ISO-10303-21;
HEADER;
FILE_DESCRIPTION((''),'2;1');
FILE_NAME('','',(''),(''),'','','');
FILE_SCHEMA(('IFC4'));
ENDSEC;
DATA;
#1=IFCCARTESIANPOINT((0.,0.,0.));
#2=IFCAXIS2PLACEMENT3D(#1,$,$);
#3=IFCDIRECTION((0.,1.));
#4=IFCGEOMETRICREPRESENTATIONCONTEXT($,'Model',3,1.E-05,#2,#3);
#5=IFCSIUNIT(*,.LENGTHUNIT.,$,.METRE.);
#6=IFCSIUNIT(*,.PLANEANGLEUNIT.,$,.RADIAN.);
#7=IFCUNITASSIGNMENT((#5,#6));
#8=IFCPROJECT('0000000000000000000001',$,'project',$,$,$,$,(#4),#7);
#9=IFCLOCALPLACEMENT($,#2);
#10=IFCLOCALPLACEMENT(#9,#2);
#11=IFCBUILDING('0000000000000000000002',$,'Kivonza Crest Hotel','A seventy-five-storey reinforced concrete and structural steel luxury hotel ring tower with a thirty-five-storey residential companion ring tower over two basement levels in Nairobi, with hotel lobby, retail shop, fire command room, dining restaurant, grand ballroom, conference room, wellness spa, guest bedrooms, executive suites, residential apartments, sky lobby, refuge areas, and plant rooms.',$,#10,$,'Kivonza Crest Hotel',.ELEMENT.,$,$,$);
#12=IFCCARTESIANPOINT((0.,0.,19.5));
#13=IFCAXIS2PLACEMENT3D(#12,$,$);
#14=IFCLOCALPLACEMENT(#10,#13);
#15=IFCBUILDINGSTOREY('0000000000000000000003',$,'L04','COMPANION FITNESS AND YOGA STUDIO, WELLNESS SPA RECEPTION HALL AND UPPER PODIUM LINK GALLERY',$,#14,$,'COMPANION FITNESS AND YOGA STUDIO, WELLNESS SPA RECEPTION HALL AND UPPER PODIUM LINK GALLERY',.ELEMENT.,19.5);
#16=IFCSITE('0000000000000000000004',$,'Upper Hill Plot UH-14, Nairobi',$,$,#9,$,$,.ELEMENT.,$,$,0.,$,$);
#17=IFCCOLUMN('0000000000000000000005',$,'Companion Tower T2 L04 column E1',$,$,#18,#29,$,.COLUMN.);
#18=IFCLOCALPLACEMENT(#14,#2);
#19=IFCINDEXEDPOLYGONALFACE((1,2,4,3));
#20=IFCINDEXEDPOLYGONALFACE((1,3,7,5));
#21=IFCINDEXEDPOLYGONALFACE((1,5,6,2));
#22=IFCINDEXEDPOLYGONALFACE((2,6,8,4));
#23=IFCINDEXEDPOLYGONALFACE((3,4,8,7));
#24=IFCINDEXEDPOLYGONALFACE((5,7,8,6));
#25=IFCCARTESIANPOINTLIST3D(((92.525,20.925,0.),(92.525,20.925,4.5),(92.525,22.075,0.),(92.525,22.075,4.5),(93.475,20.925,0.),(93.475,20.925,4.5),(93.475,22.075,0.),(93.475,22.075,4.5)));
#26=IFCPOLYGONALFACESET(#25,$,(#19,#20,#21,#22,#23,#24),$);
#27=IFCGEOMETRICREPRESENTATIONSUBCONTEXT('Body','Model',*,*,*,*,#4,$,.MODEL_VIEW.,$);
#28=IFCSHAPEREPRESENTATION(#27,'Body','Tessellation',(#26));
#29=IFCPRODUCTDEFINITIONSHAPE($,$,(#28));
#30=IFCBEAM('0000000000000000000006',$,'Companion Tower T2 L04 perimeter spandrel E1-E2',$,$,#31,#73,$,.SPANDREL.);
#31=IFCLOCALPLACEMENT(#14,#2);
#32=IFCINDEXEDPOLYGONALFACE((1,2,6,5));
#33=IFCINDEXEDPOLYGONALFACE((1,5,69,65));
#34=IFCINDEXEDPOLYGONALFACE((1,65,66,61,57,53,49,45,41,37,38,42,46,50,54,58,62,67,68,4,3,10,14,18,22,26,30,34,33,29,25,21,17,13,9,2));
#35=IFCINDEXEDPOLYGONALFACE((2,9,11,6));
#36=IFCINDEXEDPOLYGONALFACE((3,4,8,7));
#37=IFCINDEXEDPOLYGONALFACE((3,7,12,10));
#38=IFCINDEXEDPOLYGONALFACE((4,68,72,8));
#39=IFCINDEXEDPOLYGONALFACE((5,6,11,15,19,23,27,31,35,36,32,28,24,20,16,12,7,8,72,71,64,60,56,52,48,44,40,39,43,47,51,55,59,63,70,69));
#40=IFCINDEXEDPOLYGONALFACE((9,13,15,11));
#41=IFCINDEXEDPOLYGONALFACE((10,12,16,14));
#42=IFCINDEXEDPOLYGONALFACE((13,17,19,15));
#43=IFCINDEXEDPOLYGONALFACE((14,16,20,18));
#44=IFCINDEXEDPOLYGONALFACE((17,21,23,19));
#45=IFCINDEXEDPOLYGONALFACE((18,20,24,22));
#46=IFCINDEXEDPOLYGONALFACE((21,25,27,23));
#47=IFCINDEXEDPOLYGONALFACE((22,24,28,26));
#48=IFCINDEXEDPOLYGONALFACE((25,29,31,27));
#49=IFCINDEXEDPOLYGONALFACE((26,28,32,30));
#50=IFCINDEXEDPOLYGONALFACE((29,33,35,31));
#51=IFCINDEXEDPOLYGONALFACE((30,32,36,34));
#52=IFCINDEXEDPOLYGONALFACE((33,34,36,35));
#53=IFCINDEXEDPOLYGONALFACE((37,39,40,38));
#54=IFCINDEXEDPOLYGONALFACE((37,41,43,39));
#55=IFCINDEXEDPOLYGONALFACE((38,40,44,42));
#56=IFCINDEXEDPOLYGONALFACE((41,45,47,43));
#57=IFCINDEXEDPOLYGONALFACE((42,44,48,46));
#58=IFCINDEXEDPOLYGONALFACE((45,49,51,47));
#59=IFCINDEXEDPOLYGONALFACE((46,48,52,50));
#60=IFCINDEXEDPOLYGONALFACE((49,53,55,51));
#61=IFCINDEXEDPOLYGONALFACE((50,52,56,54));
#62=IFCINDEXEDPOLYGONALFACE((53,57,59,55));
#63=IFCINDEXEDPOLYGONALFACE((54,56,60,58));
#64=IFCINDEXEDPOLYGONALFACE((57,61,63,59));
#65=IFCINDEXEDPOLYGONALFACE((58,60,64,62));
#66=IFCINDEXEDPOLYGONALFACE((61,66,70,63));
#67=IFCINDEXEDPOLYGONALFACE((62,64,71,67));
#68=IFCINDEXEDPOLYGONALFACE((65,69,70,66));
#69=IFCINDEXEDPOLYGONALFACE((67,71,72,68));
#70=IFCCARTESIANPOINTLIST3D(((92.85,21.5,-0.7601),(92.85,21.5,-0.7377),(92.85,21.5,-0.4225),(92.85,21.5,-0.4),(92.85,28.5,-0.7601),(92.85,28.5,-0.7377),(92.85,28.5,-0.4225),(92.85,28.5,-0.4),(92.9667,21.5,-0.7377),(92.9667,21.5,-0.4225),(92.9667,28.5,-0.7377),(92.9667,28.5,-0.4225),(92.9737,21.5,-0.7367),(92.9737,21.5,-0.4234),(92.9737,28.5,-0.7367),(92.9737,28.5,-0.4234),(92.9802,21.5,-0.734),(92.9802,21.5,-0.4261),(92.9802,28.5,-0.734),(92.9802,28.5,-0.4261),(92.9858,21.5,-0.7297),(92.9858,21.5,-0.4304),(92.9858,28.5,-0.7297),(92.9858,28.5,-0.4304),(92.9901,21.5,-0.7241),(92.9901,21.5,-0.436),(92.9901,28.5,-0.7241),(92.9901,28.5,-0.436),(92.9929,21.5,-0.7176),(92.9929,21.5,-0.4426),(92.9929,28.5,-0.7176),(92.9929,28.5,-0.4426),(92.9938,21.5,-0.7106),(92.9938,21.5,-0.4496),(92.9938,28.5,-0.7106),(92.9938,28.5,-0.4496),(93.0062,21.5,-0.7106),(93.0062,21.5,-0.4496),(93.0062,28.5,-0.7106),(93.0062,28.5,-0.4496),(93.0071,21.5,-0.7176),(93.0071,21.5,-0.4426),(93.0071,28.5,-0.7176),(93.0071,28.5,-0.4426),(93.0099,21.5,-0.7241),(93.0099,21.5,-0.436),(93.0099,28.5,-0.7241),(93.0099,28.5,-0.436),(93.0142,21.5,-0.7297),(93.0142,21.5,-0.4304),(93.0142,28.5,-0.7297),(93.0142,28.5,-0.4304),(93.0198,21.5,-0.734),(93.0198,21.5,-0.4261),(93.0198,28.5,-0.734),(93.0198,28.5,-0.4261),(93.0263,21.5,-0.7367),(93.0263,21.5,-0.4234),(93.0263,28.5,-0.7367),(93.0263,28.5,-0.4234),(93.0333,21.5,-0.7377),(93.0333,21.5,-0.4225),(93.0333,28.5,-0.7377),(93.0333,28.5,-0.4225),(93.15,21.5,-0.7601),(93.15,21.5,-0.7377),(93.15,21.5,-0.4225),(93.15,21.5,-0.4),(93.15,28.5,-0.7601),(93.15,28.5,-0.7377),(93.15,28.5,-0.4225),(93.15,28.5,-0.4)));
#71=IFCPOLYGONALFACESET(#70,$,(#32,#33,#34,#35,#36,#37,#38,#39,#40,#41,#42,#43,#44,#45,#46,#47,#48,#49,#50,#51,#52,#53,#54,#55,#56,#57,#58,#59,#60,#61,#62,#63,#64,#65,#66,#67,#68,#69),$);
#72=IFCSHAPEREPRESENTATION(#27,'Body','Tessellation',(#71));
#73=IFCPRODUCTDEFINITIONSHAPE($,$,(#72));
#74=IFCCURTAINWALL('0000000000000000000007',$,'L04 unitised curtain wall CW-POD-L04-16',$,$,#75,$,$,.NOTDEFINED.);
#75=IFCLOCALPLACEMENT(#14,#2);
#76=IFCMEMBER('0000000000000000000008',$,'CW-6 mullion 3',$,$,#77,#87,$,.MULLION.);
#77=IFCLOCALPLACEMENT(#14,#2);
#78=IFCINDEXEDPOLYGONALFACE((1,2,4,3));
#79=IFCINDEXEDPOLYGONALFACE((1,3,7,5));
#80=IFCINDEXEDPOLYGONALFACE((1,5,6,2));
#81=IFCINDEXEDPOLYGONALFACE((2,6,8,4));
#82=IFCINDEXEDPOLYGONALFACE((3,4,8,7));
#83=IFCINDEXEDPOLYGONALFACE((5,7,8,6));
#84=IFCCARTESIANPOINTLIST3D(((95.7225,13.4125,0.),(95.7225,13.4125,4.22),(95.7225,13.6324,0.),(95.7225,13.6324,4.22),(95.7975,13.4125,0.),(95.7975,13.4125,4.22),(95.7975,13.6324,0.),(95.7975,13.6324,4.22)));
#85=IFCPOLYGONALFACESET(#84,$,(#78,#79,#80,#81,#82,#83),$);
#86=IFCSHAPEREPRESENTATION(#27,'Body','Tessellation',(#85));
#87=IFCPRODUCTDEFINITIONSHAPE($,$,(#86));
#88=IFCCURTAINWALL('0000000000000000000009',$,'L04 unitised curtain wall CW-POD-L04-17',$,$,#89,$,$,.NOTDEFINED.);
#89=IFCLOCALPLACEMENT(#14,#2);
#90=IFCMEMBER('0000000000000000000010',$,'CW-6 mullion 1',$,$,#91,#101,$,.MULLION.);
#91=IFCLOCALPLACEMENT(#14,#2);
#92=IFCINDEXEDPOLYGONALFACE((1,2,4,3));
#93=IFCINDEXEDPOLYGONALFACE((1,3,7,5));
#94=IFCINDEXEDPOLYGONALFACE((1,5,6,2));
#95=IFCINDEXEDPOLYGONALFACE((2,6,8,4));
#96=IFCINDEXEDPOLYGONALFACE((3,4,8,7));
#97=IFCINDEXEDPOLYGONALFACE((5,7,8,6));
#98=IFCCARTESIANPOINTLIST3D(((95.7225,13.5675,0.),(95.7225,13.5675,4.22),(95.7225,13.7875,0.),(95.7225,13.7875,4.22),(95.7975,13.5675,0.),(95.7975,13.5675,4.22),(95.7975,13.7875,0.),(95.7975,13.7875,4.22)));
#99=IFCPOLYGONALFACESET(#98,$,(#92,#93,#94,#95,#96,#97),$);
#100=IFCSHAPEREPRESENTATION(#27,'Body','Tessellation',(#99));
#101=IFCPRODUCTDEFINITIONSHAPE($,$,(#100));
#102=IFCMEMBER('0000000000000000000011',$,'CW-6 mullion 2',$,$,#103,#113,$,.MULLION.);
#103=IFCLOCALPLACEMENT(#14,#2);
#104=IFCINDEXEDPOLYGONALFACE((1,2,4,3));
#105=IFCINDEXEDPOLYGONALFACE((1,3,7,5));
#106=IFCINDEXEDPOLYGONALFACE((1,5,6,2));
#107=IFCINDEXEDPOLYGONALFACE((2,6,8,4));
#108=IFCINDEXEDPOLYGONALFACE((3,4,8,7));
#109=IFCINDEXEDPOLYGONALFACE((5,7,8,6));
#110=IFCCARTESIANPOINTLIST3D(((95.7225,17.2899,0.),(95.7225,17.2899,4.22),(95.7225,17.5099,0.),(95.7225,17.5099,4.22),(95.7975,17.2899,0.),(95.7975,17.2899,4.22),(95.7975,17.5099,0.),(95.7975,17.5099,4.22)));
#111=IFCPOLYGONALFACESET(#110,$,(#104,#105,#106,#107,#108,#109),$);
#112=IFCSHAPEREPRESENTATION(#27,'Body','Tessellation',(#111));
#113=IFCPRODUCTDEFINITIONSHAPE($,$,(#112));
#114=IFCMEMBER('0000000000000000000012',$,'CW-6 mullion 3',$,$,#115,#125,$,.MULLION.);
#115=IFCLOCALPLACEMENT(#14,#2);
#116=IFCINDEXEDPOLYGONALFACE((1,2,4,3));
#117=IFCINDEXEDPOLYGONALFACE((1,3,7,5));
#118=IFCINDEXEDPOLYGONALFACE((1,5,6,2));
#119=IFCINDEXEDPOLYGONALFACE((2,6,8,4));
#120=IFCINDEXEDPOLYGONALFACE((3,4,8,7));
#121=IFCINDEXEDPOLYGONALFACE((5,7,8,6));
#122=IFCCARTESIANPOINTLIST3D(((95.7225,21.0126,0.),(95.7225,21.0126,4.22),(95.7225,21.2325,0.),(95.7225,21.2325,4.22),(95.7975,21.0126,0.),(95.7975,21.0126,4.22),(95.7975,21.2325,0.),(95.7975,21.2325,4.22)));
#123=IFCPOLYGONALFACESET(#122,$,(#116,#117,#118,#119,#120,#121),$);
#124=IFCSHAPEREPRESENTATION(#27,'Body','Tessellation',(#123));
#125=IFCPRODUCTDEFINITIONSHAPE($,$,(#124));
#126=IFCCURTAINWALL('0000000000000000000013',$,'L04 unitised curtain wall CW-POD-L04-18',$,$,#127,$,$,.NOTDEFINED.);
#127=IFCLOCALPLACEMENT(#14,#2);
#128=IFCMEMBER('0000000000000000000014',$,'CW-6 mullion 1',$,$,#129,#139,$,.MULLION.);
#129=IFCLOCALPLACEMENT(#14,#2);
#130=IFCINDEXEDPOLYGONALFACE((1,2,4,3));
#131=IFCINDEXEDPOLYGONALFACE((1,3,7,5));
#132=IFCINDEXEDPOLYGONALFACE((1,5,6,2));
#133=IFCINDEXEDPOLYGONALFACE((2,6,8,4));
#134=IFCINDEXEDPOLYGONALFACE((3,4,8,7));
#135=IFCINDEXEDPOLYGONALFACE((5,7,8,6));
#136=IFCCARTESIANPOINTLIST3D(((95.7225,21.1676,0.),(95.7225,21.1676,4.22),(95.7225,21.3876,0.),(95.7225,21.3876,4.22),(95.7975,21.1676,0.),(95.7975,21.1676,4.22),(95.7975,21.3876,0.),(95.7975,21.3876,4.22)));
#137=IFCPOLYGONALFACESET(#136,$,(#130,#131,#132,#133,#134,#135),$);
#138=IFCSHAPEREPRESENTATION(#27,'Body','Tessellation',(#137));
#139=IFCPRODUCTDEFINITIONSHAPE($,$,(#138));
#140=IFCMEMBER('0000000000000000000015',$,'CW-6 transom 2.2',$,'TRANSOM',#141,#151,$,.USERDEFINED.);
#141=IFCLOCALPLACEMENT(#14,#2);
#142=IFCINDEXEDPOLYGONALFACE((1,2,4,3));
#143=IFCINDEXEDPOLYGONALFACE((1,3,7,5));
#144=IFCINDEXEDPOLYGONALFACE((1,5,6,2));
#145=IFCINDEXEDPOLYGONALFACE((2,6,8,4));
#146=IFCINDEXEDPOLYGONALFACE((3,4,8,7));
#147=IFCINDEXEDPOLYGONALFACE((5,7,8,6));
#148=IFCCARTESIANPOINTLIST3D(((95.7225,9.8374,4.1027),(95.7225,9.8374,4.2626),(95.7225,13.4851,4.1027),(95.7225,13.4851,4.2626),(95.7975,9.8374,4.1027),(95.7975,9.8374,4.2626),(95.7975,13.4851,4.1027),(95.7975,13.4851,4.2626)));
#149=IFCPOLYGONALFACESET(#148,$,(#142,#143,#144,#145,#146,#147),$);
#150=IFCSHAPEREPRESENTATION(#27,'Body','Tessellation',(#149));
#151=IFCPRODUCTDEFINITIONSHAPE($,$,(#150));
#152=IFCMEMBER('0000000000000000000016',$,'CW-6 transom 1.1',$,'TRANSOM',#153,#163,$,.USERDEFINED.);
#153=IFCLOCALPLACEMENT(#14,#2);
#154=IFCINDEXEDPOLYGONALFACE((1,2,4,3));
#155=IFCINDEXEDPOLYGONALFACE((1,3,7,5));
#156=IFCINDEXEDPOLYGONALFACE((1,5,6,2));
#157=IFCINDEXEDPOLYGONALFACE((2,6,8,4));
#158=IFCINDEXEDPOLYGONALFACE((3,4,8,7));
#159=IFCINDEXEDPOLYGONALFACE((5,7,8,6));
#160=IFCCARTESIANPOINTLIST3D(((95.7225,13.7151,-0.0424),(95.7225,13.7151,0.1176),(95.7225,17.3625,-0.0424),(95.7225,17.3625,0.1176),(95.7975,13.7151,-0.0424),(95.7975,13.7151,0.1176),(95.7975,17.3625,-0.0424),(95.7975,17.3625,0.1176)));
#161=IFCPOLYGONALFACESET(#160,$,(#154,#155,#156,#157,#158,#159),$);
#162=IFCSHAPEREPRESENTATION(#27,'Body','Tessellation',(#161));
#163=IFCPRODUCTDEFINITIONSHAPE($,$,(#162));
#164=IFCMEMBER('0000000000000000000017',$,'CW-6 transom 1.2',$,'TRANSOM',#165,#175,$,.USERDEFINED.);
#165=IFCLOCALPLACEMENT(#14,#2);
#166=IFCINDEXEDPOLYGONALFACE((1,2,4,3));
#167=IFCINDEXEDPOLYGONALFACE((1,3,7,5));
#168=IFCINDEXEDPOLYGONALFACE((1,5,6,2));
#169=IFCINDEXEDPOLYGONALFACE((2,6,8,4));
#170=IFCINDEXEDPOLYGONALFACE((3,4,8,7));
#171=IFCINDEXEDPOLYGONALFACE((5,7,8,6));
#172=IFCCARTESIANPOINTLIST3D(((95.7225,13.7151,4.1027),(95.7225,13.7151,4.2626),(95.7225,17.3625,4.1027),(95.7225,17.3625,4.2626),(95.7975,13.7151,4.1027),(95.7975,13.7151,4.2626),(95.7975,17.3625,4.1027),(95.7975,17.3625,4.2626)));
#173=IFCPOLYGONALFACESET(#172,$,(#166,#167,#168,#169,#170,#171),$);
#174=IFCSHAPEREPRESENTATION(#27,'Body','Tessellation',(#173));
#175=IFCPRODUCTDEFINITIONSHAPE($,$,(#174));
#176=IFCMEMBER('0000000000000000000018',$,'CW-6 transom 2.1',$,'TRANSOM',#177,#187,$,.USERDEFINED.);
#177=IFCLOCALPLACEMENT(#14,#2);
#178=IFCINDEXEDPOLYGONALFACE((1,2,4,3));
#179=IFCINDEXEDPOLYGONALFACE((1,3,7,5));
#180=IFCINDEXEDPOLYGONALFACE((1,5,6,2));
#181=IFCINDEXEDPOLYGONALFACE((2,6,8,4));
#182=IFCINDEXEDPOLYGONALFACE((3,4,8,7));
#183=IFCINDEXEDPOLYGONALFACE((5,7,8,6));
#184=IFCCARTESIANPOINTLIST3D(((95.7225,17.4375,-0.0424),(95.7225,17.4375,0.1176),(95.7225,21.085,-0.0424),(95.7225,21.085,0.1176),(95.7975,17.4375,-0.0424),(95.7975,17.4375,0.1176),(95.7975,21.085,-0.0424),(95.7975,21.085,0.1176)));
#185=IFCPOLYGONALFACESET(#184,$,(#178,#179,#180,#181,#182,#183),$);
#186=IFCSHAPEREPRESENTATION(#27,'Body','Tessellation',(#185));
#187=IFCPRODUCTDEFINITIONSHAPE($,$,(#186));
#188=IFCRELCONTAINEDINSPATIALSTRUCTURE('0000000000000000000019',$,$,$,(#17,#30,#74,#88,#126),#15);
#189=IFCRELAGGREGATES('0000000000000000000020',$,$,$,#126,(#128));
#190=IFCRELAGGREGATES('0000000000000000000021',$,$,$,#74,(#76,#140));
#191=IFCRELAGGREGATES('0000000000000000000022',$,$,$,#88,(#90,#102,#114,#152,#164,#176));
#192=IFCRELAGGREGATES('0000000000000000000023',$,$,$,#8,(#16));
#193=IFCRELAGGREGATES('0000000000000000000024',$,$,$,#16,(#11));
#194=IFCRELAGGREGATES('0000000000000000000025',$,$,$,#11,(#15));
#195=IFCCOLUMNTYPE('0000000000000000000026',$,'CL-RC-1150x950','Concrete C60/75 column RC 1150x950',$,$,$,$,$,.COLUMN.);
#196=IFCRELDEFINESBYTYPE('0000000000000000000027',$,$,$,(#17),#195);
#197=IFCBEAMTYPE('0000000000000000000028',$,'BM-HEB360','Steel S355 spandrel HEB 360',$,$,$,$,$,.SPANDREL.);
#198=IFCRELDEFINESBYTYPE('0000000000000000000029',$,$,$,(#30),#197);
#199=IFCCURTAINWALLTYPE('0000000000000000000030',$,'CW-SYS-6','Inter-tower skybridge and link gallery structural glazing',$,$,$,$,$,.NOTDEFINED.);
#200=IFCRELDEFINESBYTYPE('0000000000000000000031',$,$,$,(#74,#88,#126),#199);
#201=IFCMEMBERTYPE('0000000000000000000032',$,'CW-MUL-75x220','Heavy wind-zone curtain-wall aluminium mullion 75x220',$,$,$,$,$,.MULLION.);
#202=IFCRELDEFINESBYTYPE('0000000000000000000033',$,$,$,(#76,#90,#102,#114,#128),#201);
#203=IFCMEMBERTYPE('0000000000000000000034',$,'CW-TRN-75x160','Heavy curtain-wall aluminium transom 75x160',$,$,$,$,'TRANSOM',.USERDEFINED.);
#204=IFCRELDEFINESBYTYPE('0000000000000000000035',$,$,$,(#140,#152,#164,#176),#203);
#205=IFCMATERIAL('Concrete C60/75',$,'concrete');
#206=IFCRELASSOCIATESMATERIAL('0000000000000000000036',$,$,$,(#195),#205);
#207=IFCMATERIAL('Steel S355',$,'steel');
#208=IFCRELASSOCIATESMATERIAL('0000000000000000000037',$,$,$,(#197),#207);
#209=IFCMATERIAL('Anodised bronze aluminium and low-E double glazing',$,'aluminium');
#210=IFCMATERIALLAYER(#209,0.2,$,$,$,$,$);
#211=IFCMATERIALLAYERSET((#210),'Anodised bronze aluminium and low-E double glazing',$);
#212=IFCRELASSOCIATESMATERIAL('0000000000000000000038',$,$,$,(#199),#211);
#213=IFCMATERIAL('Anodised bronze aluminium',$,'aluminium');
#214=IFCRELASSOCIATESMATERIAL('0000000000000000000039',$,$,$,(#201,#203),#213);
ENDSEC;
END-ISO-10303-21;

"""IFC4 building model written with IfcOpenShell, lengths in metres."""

from ifc_helpers import new_model, si_unit, direction, frame, origin, origin_2d, place, context, subcontext, project, spatial, rectangle, i_section, extrude, material, layer, layer_set, material_profile, profile_set, type_object, element, aggregate, save


model = new_model("IFC4")

# Units and contexts
model_context = context("Model", 3, precision=1e-05, world=origin(), true_north=direction((0.0, 1.0)))
body_context = subcontext(model_context, "Body", "Model", "MODEL_VIEW")
ifc_project = project(units=[si_unit("LENGTHUNIT", "METRE"), si_unit("PLANEANGLEUNIT", "RADIAN")], contexts=[model_context])

# Site, building, storey
site_placement = place(None, origin())
site = spatial("IfcSite", under=ifc_project, at=site_placement, Name="Upper Hill Plot UH-14, Nairobi", CompositionType="ELEMENT", RefElevation=0.0)
building_placement = place(site_placement, origin())
building = spatial("IfcBuilding", under=site, at=building_placement, Name="Kivonza Crest Hotel", Description="A seventy-five-storey reinforced concrete and structural steel luxury hotel ring tower with a thirty-five-storey residential companion ring tower over two basement levels in Nairobi, with hotel lobby, retail shop, fire command room, dining restaurant, grand ballroom, conference room, wellness spa, guest bedrooms, executive suites, residential apartments, sky lobby, refuge areas, and plant rooms.", LongName="Kivonza Crest Hotel", CompositionType="ELEMENT")
storey_placement = place(building_placement, frame((0.0, 0.0, 19.5)))
storey = spatial("IfcBuildingStorey", under=building, at=storey_placement, Name="L04", Description="COMPANION FITNESS AND YOGA STUDIO, WELLNESS SPA RECEPTION HALL AND UPPER PODIUM LINK GALLERY", LongName="COMPANION FITNESS AND YOGA STUDIO, WELLNESS SPA RECEPTION HALL AND UPPER PODIUM LINK GALLERY", CompositionType="ELEMENT", Elevation=19.5)

# Column
ifc_material_1 = material(Name="Concrete C60/75", Category="concrete")
ifc_material_profile_1 = material_profile(ifc_material_1, rectangle(XDim=0.95, YDim=1.1499, at=origin_2d()), Name="RC 1150x950")
ifc_profile_set_1 = profile_set([ifc_material_profile_1], Name="Concrete C60/75")
column_type = type_object("IfcColumnType", Name="CL-RC-1150x950", Description="Concrete C60/75 column RC 1150x950", PredefinedType="COLUMN", material=ifc_profile_set_1)
column_placement = place(storey_placement, frame((93.0, 21.5, 0.0), z_axis=(0.0, 0.0, 1.0), x_axis=(1.0, 0.0, 0.0)))
element("IfcColumn", 1, at=column_placement, inside=storey, type_object=column_type, Name="Companion Tower T2 L04 column E1", PredefinedType="COLUMN", context=body_context, shape_type="SweptSolid", body=[
    extrude(rectangle(XDim=0.95, YDim=1.1499, at=origin_2d()), origin(), (0.0, 0.0, 1.0), 4.5),
])

# Beam
ifc_material_2 = material(Name="Steel S355", Category="steel")
ifc_material_profile_2 = material_profile(ifc_material_2, i_section(OverallWidth=0.3, OverallDepth=0.3601, WebThickness=0.0125, FlangeThickness=0.0225, FilletRadius=0.0271, at=origin_2d()), Name="HEB 360")
ifc_profile_set_2 = profile_set([ifc_material_profile_2], Name="Steel S355")
beam_type = type_object("IfcBeamType", Name="BM-HEB360", Description="Steel S355 spandrel HEB 360", PredefinedType="SPANDREL", material=ifc_profile_set_2)
beam_placement = place(storey_placement, frame((93.0, 21.5, -0.5801), z_axis=(0.0, 1.0, 0.0), x_axis=(-1.0, 0.0, 0.0)))
element("IfcBeam", 2, at=beam_placement, inside=storey, type_object=beam_type, Name="Companion Tower T2 L04 perimeter spandrel E1-E2", PredefinedType="SPANDREL", context=body_context, shape_type="SweptSolid", body=[
    extrude(i_section(OverallWidth=0.3, OverallDepth=0.3601, WebThickness=0.0125, FlangeThickness=0.0225, FilletRadius=0.0271, at=origin_2d()), origin(), (0.0, 0.0, 1.0), 7.0),
])

# Curtain wall, member
ifc_material_3 = material(Name="Anodised bronze aluminium and low-E double glazing", Category="aluminium")
ifc_layer_1 = layer(ifc_material_3, 0.2)
ifc_layer_set_1 = layer_set([ifc_layer_1], Name="Anodised bronze aluminium and low-E double glazing")
curtain_wall_type = type_object("IfcCurtainWallType", Name="CW-SYS-6", Description="Inter-tower skybridge and link gallery structural glazing", PredefinedType="NOTDEFINED", material=ifc_layer_set_1)
curtain_wall_1_placement = place(storey_placement, origin())
curtain_wall_1 = element("IfcCurtainWall", 3, at=curtain_wall_1_placement, inside=storey, type_object=curtain_wall_type, Name="L04 unitised curtain wall CW-POD-L04-16", PredefinedType="NOTDEFINED")
ifc_material_4 = material(Name="Anodised bronze aluminium", Category="aluminium")
ifc_material_profile_3 = material_profile(ifc_material_4, rectangle(XDim=0.075, YDim=0.22, at=origin_2d()), Name="CW-M 75x220")
ifc_profile_set_3 = profile_set([ifc_material_profile_3], Name="Anodised bronze aluminium")
member_type_1 = type_object("IfcMemberType", Name="CW-MUL-75x220", Description="Heavy wind-zone curtain-wall aluminium mullion 75x220", PredefinedType="MULLION", material=ifc_profile_set_3)
member_1_placement = place(storey_placement, frame((95.76, 13.5225, 0.0), z_axis=(0.0, 0.0, 1.0), x_axis=(-1.0, 0.0, 0.0)))
member_1 = element("IfcMember", 4, at=member_1_placement, type_object=member_type_1, Name="CW-6 mullion 3", PredefinedType="MULLION", context=body_context, shape_type="SweptSolid", body=[
    extrude(rectangle(XDim=0.075, YDim=0.22, at=origin_2d()), origin(), (0.0, 0.0, 1.0), 4.22),
])

# Curtain wall, members
curtain_wall_2_placement = place(storey_placement, origin())
curtain_wall_2 = element("IfcCurtainWall", 5, at=curtain_wall_2_placement, inside=storey, type_object=curtain_wall_type, Name="L04 unitised curtain wall CW-POD-L04-17", PredefinedType="NOTDEFINED")
member_2_placement = place(storey_placement, frame((95.76, 13.6775, 0.0), z_axis=(0.0, 0.0, 1.0), x_axis=(-1.0, 0.0, 0.0)))
member_2 = element("IfcMember", 6, at=member_2_placement, type_object=member_type_1, Name="CW-6 mullion 1", PredefinedType="MULLION", context=body_context, shape_type="SweptSolid", body=[
    extrude(rectangle(XDim=0.075, YDim=0.22, at=origin_2d()), origin(), (0.0, 0.0, 1.0), 4.22),
])
member_3_placement = place(storey_placement, frame((95.76, 17.3999, 0.0), z_axis=(0.0, 0.0, 1.0), x_axis=(-1.0, 0.0, 0.0)))
member_3 = element("IfcMember", 7, at=member_3_placement, type_object=member_type_1, Name="CW-6 mullion 2", PredefinedType="MULLION", context=body_context, shape_type="SweptSolid", body=[
    extrude(rectangle(XDim=0.075, YDim=0.22, at=origin_2d()), origin(), (0.0, 0.0, 1.0), 4.22),
])
member_4_placement = place(storey_placement, frame((95.76, 21.1226, 0.0), z_axis=(0.0, 0.0, 1.0), x_axis=(-1.0, 0.0, 0.0)))
member_4 = element("IfcMember", 8, at=member_4_placement, type_object=member_type_1, Name="CW-6 mullion 3", PredefinedType="MULLION", context=body_context, shape_type="SweptSolid", body=[
    extrude(rectangle(XDim=0.075, YDim=0.22, at=origin_2d()), origin(), (0.0, 0.0, 1.0), 4.22),
])

# Curtain wall, member
curtain_wall_3_placement = place(storey_placement, origin())
curtain_wall_3 = element("IfcCurtainWall", 9, at=curtain_wall_3_placement, inside=storey, type_object=curtain_wall_type, Name="L04 unitised curtain wall CW-POD-L04-18", PredefinedType="NOTDEFINED")
member_5_placement = place(storey_placement, frame((95.76, 21.2776, 0.0), z_axis=(0.0, 0.0, 1.0), x_axis=(-1.0, 0.0, 0.0)))
member_5 = element("IfcMember", 10, at=member_5_placement, type_object=member_type_1, Name="CW-6 mullion 1", PredefinedType="MULLION", context=body_context, shape_type="SweptSolid", body=[
    extrude(rectangle(XDim=0.075, YDim=0.22, at=origin_2d()), origin(), (0.0, 0.0, 1.0), 4.22),
])

# Members
ifc_material_profile_4 = material_profile(ifc_material_4, rectangle(XDim=0.075, YDim=0.1599, at=origin_2d()), Name="CW-T 75x160")
ifc_profile_set_4 = profile_set([ifc_material_profile_4], Name="Anodised bronze aluminium")
member_type_2 = type_object("IfcMemberType", Name="CW-TRN-75x160", Description="Heavy curtain-wall aluminium transom 75x160", ElementType="TRANSOM", PredefinedType="USERDEFINED", material=ifc_profile_set_4)
member_6_placement = place(storey_placement, frame((95.76, 9.8374, 4.1826), z_axis=(0.0, 1.0, 0.0), x_axis=(-1.0, 0.0, 0.0)))
member_6 = element("IfcMember", 11, at=member_6_placement, type_object=member_type_2, Name="CW-6 transom 2.2", ObjectType="TRANSOM", PredefinedType="USERDEFINED", context=body_context, shape_type="SweptSolid", body=[
    extrude(rectangle(XDim=0.075, YDim=0.1599, at=origin_2d()), origin(), (0.0, 0.0, 1.0), 3.6477),
])
member_7_placement = place(storey_placement, frame((95.76, 13.7151, 0.0376), z_axis=(0.0, 1.0, 0.0), x_axis=(-1.0, 0.0, 0.0)))
member_7 = element("IfcMember", 12, at=member_7_placement, type_object=member_type_2, Name="CW-6 transom 1.1", ObjectType="TRANSOM", PredefinedType="USERDEFINED", context=body_context, shape_type="SweptSolid", body=[
    extrude(rectangle(XDim=0.075, YDim=0.1599, at=origin_2d()), origin(), (0.0, 0.0, 1.0), 3.6475),
])
member_8_placement = place(storey_placement, frame((95.76, 13.7151, 4.1826), z_axis=(0.0, 1.0, 0.0), x_axis=(-1.0, 0.0, 0.0)))
member_8 = element("IfcMember", 13, at=member_8_placement, type_object=member_type_2, Name="CW-6 transom 1.2", ObjectType="TRANSOM", PredefinedType="USERDEFINED", context=body_context, shape_type="SweptSolid", body=[
    extrude(rectangle(XDim=0.075, YDim=0.1599, at=origin_2d()), origin(), (0.0, 0.0, 1.0), 3.6475),
])
member_9_placement = place(storey_placement, frame((95.76, 17.4375, 0.0376), z_axis=(0.0, 1.0, 0.0), x_axis=(-1.0, 0.0, 0.0)))
member_9 = element("IfcMember", 14, at=member_9_placement, type_object=member_type_2, Name="CW-6 transom 2.1", ObjectType="TRANSOM", PredefinedType="USERDEFINED", context=body_context, shape_type="SweptSolid", body=[
    extrude(rectangle(XDim=0.075, YDim=0.1599, at=origin_2d()), origin(), (0.0, 0.0, 1.0), 3.6475),
])
aggregate(curtain_wall_3, [member_5])

aggregate(curtain_wall_1, [member_1, member_6])
aggregate(curtain_wall_2, [member_2, member_3, member_4, member_7, member_8, member_9])

save(model, "model.ifc")
